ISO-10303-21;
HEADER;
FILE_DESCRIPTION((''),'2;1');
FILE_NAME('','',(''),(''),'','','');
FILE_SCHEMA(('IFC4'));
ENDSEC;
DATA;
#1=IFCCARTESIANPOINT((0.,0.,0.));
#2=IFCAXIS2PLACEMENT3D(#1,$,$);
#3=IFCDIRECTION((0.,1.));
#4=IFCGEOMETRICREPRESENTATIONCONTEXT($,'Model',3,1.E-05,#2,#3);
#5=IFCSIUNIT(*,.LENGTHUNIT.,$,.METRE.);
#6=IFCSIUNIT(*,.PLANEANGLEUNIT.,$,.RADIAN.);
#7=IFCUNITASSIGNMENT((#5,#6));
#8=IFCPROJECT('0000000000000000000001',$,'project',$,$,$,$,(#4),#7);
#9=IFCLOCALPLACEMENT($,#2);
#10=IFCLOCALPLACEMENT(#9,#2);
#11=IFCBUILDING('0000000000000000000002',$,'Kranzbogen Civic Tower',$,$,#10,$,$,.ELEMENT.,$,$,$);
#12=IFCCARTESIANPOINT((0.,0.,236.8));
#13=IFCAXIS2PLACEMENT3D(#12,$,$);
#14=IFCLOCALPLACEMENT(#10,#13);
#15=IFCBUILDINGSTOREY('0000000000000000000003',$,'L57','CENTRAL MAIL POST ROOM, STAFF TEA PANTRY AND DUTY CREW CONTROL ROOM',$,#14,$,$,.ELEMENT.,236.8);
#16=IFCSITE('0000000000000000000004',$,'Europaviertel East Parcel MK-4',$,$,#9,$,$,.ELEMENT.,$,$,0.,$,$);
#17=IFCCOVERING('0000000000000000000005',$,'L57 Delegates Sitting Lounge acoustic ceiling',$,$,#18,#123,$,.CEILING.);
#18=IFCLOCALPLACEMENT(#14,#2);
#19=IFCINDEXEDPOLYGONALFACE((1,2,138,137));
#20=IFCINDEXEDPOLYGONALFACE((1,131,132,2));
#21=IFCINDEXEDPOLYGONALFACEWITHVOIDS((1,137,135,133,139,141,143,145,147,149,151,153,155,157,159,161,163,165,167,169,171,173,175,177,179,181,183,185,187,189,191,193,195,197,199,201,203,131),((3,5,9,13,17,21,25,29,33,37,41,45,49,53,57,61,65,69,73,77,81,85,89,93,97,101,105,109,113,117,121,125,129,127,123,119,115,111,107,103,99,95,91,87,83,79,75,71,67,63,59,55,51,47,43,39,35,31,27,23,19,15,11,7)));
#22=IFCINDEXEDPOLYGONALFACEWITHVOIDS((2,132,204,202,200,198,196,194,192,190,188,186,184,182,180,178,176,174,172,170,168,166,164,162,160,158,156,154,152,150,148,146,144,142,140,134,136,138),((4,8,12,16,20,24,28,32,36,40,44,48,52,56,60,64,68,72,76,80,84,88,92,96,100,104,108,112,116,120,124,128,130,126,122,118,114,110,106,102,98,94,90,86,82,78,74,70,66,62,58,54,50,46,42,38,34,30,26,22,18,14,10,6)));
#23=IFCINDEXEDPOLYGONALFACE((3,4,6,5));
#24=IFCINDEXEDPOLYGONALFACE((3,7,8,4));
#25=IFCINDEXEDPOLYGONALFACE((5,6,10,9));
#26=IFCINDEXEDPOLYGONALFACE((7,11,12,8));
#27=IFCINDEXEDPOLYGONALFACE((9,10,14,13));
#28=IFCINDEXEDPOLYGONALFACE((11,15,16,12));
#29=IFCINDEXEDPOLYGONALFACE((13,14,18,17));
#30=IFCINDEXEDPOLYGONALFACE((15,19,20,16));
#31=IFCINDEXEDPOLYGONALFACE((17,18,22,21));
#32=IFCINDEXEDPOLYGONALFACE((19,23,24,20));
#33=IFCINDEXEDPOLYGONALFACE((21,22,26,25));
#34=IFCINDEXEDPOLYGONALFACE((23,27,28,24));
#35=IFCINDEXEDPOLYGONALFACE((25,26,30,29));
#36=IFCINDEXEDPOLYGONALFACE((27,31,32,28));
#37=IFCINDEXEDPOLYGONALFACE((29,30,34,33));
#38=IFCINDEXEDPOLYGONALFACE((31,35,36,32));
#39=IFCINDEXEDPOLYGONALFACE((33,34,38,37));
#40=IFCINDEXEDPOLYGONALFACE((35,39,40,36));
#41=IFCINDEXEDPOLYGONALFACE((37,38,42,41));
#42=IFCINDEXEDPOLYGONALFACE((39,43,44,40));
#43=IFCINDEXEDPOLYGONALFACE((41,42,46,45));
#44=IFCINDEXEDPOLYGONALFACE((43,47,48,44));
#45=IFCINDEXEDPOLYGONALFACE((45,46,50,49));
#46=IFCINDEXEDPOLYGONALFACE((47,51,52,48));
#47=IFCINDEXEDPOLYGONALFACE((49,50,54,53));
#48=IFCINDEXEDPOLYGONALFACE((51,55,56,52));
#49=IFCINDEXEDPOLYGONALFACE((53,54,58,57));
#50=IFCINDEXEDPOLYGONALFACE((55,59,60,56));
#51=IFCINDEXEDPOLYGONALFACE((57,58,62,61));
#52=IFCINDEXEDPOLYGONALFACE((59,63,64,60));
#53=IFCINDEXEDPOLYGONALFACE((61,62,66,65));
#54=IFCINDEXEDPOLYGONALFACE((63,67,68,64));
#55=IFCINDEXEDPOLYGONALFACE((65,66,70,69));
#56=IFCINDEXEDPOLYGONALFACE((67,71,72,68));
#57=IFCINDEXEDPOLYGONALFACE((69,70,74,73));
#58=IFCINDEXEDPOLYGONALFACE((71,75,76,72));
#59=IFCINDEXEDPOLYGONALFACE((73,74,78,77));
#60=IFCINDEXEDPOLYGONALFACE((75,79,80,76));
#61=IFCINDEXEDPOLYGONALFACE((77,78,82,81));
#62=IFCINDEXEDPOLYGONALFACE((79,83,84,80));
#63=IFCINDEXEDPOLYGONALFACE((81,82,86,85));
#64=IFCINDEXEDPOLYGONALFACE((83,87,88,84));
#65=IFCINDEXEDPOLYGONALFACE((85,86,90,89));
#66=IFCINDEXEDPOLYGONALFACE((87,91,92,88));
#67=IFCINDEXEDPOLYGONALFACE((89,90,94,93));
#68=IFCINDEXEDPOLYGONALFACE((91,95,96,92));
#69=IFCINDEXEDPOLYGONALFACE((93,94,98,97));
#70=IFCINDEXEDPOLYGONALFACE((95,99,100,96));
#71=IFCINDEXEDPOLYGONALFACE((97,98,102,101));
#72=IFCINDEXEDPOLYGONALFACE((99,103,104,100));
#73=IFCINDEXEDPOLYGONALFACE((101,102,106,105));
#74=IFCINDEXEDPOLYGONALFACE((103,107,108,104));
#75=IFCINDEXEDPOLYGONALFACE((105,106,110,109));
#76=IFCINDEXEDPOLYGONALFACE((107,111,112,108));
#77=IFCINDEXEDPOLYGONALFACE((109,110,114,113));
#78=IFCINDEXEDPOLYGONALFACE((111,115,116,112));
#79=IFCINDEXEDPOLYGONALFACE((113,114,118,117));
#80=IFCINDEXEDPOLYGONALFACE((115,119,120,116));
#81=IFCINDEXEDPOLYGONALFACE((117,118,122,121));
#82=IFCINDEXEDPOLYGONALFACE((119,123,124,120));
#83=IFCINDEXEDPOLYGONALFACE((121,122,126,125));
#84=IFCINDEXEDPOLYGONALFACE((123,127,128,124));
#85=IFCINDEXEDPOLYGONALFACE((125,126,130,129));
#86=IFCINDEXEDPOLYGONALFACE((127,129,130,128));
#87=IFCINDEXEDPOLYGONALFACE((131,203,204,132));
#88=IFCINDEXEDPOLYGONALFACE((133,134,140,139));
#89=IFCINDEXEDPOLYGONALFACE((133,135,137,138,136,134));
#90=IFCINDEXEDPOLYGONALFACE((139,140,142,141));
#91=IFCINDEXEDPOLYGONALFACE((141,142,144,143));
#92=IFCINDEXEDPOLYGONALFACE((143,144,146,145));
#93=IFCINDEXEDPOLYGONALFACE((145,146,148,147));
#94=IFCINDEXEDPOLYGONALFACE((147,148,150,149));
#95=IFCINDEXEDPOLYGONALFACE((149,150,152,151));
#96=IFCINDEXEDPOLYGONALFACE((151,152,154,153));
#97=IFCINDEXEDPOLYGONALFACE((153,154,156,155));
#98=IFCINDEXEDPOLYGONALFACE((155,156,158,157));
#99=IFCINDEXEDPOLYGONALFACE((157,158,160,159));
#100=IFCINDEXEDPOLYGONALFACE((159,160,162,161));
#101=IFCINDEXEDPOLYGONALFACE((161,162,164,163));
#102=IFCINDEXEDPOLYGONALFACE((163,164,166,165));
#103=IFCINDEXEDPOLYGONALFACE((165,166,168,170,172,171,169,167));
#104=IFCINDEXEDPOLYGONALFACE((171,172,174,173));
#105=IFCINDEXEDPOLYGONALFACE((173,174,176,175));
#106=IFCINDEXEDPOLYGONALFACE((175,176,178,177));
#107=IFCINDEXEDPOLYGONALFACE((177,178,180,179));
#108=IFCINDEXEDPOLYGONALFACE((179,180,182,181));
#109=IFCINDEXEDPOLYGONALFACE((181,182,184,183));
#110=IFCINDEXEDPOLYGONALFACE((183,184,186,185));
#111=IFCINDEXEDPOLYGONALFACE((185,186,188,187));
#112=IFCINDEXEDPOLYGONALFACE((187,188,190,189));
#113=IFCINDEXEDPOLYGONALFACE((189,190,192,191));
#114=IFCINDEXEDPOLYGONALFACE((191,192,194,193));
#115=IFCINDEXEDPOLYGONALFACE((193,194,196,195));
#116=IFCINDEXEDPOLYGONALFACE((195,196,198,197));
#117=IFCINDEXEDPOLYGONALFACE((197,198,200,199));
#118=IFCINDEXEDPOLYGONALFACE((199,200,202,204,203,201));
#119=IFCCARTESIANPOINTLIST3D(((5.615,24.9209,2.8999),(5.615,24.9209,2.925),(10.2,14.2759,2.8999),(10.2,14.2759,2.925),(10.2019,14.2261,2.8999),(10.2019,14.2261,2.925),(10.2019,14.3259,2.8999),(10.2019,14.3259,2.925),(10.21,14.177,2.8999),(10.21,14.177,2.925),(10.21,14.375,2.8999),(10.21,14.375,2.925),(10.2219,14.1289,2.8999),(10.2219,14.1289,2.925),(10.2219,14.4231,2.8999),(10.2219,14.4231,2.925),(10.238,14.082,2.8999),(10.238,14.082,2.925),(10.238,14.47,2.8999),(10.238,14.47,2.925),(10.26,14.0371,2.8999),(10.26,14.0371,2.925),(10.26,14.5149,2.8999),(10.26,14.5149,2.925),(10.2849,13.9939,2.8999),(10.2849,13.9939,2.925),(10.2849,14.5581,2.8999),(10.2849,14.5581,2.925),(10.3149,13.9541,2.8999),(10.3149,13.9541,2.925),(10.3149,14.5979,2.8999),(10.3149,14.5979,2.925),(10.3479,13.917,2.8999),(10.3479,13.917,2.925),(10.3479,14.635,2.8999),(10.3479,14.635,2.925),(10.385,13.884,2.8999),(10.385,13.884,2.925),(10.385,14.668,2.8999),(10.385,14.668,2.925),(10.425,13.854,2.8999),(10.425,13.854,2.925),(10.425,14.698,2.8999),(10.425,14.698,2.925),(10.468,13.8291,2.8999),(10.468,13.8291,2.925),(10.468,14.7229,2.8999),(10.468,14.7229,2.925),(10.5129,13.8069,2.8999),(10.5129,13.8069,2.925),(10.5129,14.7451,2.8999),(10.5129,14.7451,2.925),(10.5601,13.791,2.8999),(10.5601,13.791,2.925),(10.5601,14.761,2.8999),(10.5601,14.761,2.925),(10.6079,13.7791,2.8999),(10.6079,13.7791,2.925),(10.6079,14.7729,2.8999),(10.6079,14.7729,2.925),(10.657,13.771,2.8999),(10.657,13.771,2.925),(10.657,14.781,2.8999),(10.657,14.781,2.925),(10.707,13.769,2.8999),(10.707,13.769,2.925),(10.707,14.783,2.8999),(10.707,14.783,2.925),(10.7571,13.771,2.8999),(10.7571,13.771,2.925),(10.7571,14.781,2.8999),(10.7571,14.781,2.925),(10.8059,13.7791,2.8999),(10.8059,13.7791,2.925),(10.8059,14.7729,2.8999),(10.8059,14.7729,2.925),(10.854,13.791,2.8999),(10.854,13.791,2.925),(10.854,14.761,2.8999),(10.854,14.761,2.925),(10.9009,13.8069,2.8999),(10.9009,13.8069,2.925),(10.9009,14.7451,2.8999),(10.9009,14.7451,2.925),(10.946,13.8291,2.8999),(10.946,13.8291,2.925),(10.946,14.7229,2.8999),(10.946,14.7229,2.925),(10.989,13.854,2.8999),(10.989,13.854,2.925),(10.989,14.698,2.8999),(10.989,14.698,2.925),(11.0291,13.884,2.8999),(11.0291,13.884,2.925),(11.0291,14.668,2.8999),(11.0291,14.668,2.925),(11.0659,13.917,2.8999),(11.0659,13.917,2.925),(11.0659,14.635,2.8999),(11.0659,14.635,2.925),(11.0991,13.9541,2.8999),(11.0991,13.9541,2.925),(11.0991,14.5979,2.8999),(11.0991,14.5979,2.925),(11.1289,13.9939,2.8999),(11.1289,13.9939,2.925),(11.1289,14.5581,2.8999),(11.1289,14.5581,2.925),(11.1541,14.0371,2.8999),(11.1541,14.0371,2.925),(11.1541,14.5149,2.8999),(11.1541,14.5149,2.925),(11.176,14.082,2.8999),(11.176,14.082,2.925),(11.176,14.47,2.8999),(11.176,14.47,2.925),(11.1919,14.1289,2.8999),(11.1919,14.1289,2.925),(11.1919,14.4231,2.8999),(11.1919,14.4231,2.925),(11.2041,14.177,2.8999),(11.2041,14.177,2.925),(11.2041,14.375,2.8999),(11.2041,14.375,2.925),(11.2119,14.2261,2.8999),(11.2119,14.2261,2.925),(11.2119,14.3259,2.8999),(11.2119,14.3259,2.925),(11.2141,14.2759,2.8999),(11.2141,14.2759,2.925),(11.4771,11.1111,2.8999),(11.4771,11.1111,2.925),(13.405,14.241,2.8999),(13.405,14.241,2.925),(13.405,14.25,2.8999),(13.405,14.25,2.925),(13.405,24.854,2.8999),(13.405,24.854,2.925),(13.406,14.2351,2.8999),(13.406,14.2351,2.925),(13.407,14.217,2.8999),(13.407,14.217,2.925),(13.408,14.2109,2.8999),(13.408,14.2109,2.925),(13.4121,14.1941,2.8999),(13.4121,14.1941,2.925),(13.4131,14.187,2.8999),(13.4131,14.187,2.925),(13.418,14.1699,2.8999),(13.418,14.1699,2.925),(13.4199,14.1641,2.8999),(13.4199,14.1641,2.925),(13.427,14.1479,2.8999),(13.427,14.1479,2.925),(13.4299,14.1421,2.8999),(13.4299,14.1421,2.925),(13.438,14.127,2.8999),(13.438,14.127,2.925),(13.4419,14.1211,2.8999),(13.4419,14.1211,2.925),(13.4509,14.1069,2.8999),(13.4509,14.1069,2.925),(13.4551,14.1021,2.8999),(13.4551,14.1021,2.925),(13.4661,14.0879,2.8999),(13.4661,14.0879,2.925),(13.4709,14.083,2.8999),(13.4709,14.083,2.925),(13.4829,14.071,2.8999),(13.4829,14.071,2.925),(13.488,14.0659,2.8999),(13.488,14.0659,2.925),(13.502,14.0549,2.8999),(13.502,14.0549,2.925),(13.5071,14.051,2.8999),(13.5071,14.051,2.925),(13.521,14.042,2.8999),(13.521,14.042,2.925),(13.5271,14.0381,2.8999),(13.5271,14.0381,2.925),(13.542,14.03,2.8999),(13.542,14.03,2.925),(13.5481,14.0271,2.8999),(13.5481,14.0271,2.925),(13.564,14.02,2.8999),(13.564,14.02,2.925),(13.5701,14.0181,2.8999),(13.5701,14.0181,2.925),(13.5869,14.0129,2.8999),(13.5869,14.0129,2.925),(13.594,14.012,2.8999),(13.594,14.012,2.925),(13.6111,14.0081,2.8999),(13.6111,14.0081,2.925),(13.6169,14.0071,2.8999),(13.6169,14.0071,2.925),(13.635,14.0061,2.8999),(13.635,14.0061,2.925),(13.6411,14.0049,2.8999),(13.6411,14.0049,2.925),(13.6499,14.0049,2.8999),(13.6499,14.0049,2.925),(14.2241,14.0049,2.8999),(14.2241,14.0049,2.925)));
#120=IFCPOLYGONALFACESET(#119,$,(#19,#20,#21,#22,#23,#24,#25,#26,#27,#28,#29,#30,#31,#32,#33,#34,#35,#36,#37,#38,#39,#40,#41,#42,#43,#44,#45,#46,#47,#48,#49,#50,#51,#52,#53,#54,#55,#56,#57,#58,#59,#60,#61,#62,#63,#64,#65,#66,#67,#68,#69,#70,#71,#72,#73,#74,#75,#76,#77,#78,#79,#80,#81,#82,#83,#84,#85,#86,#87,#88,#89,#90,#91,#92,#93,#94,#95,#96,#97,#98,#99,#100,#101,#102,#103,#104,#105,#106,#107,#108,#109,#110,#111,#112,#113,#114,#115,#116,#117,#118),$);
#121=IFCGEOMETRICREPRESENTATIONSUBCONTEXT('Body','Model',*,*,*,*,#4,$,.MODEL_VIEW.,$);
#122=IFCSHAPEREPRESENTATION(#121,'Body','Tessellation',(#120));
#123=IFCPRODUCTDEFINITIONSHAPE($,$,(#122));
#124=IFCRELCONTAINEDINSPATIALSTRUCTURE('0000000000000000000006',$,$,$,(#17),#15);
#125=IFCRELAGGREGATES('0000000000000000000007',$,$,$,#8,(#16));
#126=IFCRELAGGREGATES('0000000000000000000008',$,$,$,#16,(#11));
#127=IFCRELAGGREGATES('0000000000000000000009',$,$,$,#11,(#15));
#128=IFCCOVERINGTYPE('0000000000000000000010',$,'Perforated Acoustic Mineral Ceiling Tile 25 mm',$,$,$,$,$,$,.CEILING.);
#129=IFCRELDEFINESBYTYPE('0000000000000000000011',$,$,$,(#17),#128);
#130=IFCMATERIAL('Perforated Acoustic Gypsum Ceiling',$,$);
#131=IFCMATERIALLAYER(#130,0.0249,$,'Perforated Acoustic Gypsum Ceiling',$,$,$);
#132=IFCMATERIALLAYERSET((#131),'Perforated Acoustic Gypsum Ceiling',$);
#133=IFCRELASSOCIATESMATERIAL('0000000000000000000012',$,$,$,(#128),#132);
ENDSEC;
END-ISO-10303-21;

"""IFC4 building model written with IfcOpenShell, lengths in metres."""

from ifc_helpers import new_model, si_unit, direction, frame, origin, place, context, subcontext, project, spatial, polyline, outline, extrude, material, layer, layer_set, type_object, element, save


model = new_model("IFC4")

# Units and contexts
model_context = context("Model", 3, precision=1e-05, world=origin(), true_north=direction((0.0, 1.0)))
body_context = subcontext(model_context, "Body", "Model", "MODEL_VIEW")
ifc_project = project(units=[si_unit("LENGTHUNIT", "METRE"), si_unit("PLANEANGLEUNIT", "RADIAN")], contexts=[model_context])

# Site, building, storey
site_placement = place(None, origin())
site = spatial("IfcSite", under=ifc_project, at=site_placement, Name="Europaviertel East Parcel MK-4", CompositionType="ELEMENT", RefElevation=0.0)
building_placement = place(site_placement, origin())
building = spatial("IfcBuilding", under=site, at=building_placement, Name="Kranzbogen Civic Tower", CompositionType="ELEMENT")
storey_placement = place(building_placement, frame((0.0, 0.0, 236.8)))
storey = spatial("IfcBuildingStorey", under=building, at=storey_placement, Name="L57", Description="CENTRAL MAIL POST ROOM, STAFF TEA PANTRY AND DUTY CREW CONTROL ROOM", CompositionType="ELEMENT", Elevation=236.8)

# Covering
ifc_material_1 = material(Name="Perforated Acoustic Gypsum Ceiling")
ifc_layer_1 = layer(ifc_material_1, 0.0249, Name="Perforated Acoustic Gypsum Ceiling")
ifc_layer_set_1 = layer_set([ifc_layer_1], Name="Perforated Acoustic Gypsum Ceiling")
covering_type = type_object("IfcCoveringType", Name="Perforated Acoustic Mineral Ceiling Tile 25 mm", PredefinedType="CEILING", material=ifc_layer_set_1)
covering_1_placement = place(storey_placement, frame((0.0, 0.0, 2.8999)))
element("IfcCovering", 1, at=covering_1_placement, inside=storey, type_object=covering_type, Name="L57 Delegates Sitting Lounge acoustic ceiling", PredefinedType="CEILING", context=body_context, shape_type="SweptSolid", body=[
    extrude(outline(polyline([(13.405, 24.854), (13.405, 14.25), (13.405, 14.241), (13.406, 14.2351), (13.407, 14.217), (13.408, 14.2109), (13.4121, 14.1941), (13.4131, 14.187), (13.418, 14.1699), (13.4199, 14.1641), (13.427, 14.1479), (13.4299, 14.1421), (13.438, 14.127), (13.4419, 14.1211), (13.4509, 14.1069), (13.4551, 14.1021), (13.4661, 14.0879), (13.4709, 14.083), (13.4829, 14.071), (13.488, 14.0659), (13.502, 14.0549), (13.5071, 14.051), (13.521, 14.042), (13.5271, 14.0381), (13.542, 14.03), (13.5481, 14.0271), (13.564, 14.02), (13.5701, 14.0181), (13.5869, 14.0129), (13.594, 14.012), (13.6111, 14.0081), (13.6169, 14.0071), (13.635, 14.0061), (13.6411, 14.0049), (13.6499, 14.0049), (14.2241, 14.0049), (11.4771, 11.1111), (5.615, 24.9209), (13.405, 24.854)]), holes=[polyline([(11.176, 14.082), (11.1541, 14.0371), (11.1289, 13.9939), (11.0991, 13.9541), (11.0659, 13.917), (11.0291, 13.884), (10.989, 13.854), (10.946, 13.8291), (10.9009, 13.8069), (10.854, 13.791), (10.8059, 13.7791), (10.7571, 13.771), (10.707, 13.769), (10.657, 13.771), (10.6079, 13.7791), (10.5601, 13.791), (10.5129, 13.8069), (10.468, 13.8291), (10.425, 13.854), (10.385, 13.884), (10.3479, 13.917), (10.3149, 13.9541), (10.2849, 13.9939), (10.26, 14.0371), (10.238, 14.082), (10.2219, 14.1289), (10.21, 14.177), (10.2019, 14.2261), (10.2, 14.2759), (10.2019, 14.3259), (10.21, 14.375), (10.2219, 14.4231), (10.238, 14.47), (10.26, 14.5149), (10.2849, 14.5581), (10.3149, 14.5979), (10.3479, 14.635), (10.385, 14.668), (10.425, 14.698), (10.468, 14.7229), (10.5129, 14.7451), (10.5601, 14.761), (10.6079, 14.7729), (10.657, 14.781), (10.707, 14.783), (10.7571, 14.781), (10.8059, 14.7729), (10.854, 14.761), (10.9009, 14.7451), (10.946, 14.7229), (10.989, 14.698), (11.0291, 14.668), (11.0659, 14.635), (11.0991, 14.5979), (11.1289, 14.5581), (11.1541, 14.5149), (11.176, 14.47), (11.1919, 14.4231), (11.2041, 14.375), (11.2119, 14.3259), (11.2141, 14.2759), (11.2119, 14.2261), (11.2041, 14.177), (11.1919, 14.1289), (11.176, 14.082)])]), origin(), (0.0, 0.0, 1.0), 0.0251),
])

save(model, "model.ifc")
